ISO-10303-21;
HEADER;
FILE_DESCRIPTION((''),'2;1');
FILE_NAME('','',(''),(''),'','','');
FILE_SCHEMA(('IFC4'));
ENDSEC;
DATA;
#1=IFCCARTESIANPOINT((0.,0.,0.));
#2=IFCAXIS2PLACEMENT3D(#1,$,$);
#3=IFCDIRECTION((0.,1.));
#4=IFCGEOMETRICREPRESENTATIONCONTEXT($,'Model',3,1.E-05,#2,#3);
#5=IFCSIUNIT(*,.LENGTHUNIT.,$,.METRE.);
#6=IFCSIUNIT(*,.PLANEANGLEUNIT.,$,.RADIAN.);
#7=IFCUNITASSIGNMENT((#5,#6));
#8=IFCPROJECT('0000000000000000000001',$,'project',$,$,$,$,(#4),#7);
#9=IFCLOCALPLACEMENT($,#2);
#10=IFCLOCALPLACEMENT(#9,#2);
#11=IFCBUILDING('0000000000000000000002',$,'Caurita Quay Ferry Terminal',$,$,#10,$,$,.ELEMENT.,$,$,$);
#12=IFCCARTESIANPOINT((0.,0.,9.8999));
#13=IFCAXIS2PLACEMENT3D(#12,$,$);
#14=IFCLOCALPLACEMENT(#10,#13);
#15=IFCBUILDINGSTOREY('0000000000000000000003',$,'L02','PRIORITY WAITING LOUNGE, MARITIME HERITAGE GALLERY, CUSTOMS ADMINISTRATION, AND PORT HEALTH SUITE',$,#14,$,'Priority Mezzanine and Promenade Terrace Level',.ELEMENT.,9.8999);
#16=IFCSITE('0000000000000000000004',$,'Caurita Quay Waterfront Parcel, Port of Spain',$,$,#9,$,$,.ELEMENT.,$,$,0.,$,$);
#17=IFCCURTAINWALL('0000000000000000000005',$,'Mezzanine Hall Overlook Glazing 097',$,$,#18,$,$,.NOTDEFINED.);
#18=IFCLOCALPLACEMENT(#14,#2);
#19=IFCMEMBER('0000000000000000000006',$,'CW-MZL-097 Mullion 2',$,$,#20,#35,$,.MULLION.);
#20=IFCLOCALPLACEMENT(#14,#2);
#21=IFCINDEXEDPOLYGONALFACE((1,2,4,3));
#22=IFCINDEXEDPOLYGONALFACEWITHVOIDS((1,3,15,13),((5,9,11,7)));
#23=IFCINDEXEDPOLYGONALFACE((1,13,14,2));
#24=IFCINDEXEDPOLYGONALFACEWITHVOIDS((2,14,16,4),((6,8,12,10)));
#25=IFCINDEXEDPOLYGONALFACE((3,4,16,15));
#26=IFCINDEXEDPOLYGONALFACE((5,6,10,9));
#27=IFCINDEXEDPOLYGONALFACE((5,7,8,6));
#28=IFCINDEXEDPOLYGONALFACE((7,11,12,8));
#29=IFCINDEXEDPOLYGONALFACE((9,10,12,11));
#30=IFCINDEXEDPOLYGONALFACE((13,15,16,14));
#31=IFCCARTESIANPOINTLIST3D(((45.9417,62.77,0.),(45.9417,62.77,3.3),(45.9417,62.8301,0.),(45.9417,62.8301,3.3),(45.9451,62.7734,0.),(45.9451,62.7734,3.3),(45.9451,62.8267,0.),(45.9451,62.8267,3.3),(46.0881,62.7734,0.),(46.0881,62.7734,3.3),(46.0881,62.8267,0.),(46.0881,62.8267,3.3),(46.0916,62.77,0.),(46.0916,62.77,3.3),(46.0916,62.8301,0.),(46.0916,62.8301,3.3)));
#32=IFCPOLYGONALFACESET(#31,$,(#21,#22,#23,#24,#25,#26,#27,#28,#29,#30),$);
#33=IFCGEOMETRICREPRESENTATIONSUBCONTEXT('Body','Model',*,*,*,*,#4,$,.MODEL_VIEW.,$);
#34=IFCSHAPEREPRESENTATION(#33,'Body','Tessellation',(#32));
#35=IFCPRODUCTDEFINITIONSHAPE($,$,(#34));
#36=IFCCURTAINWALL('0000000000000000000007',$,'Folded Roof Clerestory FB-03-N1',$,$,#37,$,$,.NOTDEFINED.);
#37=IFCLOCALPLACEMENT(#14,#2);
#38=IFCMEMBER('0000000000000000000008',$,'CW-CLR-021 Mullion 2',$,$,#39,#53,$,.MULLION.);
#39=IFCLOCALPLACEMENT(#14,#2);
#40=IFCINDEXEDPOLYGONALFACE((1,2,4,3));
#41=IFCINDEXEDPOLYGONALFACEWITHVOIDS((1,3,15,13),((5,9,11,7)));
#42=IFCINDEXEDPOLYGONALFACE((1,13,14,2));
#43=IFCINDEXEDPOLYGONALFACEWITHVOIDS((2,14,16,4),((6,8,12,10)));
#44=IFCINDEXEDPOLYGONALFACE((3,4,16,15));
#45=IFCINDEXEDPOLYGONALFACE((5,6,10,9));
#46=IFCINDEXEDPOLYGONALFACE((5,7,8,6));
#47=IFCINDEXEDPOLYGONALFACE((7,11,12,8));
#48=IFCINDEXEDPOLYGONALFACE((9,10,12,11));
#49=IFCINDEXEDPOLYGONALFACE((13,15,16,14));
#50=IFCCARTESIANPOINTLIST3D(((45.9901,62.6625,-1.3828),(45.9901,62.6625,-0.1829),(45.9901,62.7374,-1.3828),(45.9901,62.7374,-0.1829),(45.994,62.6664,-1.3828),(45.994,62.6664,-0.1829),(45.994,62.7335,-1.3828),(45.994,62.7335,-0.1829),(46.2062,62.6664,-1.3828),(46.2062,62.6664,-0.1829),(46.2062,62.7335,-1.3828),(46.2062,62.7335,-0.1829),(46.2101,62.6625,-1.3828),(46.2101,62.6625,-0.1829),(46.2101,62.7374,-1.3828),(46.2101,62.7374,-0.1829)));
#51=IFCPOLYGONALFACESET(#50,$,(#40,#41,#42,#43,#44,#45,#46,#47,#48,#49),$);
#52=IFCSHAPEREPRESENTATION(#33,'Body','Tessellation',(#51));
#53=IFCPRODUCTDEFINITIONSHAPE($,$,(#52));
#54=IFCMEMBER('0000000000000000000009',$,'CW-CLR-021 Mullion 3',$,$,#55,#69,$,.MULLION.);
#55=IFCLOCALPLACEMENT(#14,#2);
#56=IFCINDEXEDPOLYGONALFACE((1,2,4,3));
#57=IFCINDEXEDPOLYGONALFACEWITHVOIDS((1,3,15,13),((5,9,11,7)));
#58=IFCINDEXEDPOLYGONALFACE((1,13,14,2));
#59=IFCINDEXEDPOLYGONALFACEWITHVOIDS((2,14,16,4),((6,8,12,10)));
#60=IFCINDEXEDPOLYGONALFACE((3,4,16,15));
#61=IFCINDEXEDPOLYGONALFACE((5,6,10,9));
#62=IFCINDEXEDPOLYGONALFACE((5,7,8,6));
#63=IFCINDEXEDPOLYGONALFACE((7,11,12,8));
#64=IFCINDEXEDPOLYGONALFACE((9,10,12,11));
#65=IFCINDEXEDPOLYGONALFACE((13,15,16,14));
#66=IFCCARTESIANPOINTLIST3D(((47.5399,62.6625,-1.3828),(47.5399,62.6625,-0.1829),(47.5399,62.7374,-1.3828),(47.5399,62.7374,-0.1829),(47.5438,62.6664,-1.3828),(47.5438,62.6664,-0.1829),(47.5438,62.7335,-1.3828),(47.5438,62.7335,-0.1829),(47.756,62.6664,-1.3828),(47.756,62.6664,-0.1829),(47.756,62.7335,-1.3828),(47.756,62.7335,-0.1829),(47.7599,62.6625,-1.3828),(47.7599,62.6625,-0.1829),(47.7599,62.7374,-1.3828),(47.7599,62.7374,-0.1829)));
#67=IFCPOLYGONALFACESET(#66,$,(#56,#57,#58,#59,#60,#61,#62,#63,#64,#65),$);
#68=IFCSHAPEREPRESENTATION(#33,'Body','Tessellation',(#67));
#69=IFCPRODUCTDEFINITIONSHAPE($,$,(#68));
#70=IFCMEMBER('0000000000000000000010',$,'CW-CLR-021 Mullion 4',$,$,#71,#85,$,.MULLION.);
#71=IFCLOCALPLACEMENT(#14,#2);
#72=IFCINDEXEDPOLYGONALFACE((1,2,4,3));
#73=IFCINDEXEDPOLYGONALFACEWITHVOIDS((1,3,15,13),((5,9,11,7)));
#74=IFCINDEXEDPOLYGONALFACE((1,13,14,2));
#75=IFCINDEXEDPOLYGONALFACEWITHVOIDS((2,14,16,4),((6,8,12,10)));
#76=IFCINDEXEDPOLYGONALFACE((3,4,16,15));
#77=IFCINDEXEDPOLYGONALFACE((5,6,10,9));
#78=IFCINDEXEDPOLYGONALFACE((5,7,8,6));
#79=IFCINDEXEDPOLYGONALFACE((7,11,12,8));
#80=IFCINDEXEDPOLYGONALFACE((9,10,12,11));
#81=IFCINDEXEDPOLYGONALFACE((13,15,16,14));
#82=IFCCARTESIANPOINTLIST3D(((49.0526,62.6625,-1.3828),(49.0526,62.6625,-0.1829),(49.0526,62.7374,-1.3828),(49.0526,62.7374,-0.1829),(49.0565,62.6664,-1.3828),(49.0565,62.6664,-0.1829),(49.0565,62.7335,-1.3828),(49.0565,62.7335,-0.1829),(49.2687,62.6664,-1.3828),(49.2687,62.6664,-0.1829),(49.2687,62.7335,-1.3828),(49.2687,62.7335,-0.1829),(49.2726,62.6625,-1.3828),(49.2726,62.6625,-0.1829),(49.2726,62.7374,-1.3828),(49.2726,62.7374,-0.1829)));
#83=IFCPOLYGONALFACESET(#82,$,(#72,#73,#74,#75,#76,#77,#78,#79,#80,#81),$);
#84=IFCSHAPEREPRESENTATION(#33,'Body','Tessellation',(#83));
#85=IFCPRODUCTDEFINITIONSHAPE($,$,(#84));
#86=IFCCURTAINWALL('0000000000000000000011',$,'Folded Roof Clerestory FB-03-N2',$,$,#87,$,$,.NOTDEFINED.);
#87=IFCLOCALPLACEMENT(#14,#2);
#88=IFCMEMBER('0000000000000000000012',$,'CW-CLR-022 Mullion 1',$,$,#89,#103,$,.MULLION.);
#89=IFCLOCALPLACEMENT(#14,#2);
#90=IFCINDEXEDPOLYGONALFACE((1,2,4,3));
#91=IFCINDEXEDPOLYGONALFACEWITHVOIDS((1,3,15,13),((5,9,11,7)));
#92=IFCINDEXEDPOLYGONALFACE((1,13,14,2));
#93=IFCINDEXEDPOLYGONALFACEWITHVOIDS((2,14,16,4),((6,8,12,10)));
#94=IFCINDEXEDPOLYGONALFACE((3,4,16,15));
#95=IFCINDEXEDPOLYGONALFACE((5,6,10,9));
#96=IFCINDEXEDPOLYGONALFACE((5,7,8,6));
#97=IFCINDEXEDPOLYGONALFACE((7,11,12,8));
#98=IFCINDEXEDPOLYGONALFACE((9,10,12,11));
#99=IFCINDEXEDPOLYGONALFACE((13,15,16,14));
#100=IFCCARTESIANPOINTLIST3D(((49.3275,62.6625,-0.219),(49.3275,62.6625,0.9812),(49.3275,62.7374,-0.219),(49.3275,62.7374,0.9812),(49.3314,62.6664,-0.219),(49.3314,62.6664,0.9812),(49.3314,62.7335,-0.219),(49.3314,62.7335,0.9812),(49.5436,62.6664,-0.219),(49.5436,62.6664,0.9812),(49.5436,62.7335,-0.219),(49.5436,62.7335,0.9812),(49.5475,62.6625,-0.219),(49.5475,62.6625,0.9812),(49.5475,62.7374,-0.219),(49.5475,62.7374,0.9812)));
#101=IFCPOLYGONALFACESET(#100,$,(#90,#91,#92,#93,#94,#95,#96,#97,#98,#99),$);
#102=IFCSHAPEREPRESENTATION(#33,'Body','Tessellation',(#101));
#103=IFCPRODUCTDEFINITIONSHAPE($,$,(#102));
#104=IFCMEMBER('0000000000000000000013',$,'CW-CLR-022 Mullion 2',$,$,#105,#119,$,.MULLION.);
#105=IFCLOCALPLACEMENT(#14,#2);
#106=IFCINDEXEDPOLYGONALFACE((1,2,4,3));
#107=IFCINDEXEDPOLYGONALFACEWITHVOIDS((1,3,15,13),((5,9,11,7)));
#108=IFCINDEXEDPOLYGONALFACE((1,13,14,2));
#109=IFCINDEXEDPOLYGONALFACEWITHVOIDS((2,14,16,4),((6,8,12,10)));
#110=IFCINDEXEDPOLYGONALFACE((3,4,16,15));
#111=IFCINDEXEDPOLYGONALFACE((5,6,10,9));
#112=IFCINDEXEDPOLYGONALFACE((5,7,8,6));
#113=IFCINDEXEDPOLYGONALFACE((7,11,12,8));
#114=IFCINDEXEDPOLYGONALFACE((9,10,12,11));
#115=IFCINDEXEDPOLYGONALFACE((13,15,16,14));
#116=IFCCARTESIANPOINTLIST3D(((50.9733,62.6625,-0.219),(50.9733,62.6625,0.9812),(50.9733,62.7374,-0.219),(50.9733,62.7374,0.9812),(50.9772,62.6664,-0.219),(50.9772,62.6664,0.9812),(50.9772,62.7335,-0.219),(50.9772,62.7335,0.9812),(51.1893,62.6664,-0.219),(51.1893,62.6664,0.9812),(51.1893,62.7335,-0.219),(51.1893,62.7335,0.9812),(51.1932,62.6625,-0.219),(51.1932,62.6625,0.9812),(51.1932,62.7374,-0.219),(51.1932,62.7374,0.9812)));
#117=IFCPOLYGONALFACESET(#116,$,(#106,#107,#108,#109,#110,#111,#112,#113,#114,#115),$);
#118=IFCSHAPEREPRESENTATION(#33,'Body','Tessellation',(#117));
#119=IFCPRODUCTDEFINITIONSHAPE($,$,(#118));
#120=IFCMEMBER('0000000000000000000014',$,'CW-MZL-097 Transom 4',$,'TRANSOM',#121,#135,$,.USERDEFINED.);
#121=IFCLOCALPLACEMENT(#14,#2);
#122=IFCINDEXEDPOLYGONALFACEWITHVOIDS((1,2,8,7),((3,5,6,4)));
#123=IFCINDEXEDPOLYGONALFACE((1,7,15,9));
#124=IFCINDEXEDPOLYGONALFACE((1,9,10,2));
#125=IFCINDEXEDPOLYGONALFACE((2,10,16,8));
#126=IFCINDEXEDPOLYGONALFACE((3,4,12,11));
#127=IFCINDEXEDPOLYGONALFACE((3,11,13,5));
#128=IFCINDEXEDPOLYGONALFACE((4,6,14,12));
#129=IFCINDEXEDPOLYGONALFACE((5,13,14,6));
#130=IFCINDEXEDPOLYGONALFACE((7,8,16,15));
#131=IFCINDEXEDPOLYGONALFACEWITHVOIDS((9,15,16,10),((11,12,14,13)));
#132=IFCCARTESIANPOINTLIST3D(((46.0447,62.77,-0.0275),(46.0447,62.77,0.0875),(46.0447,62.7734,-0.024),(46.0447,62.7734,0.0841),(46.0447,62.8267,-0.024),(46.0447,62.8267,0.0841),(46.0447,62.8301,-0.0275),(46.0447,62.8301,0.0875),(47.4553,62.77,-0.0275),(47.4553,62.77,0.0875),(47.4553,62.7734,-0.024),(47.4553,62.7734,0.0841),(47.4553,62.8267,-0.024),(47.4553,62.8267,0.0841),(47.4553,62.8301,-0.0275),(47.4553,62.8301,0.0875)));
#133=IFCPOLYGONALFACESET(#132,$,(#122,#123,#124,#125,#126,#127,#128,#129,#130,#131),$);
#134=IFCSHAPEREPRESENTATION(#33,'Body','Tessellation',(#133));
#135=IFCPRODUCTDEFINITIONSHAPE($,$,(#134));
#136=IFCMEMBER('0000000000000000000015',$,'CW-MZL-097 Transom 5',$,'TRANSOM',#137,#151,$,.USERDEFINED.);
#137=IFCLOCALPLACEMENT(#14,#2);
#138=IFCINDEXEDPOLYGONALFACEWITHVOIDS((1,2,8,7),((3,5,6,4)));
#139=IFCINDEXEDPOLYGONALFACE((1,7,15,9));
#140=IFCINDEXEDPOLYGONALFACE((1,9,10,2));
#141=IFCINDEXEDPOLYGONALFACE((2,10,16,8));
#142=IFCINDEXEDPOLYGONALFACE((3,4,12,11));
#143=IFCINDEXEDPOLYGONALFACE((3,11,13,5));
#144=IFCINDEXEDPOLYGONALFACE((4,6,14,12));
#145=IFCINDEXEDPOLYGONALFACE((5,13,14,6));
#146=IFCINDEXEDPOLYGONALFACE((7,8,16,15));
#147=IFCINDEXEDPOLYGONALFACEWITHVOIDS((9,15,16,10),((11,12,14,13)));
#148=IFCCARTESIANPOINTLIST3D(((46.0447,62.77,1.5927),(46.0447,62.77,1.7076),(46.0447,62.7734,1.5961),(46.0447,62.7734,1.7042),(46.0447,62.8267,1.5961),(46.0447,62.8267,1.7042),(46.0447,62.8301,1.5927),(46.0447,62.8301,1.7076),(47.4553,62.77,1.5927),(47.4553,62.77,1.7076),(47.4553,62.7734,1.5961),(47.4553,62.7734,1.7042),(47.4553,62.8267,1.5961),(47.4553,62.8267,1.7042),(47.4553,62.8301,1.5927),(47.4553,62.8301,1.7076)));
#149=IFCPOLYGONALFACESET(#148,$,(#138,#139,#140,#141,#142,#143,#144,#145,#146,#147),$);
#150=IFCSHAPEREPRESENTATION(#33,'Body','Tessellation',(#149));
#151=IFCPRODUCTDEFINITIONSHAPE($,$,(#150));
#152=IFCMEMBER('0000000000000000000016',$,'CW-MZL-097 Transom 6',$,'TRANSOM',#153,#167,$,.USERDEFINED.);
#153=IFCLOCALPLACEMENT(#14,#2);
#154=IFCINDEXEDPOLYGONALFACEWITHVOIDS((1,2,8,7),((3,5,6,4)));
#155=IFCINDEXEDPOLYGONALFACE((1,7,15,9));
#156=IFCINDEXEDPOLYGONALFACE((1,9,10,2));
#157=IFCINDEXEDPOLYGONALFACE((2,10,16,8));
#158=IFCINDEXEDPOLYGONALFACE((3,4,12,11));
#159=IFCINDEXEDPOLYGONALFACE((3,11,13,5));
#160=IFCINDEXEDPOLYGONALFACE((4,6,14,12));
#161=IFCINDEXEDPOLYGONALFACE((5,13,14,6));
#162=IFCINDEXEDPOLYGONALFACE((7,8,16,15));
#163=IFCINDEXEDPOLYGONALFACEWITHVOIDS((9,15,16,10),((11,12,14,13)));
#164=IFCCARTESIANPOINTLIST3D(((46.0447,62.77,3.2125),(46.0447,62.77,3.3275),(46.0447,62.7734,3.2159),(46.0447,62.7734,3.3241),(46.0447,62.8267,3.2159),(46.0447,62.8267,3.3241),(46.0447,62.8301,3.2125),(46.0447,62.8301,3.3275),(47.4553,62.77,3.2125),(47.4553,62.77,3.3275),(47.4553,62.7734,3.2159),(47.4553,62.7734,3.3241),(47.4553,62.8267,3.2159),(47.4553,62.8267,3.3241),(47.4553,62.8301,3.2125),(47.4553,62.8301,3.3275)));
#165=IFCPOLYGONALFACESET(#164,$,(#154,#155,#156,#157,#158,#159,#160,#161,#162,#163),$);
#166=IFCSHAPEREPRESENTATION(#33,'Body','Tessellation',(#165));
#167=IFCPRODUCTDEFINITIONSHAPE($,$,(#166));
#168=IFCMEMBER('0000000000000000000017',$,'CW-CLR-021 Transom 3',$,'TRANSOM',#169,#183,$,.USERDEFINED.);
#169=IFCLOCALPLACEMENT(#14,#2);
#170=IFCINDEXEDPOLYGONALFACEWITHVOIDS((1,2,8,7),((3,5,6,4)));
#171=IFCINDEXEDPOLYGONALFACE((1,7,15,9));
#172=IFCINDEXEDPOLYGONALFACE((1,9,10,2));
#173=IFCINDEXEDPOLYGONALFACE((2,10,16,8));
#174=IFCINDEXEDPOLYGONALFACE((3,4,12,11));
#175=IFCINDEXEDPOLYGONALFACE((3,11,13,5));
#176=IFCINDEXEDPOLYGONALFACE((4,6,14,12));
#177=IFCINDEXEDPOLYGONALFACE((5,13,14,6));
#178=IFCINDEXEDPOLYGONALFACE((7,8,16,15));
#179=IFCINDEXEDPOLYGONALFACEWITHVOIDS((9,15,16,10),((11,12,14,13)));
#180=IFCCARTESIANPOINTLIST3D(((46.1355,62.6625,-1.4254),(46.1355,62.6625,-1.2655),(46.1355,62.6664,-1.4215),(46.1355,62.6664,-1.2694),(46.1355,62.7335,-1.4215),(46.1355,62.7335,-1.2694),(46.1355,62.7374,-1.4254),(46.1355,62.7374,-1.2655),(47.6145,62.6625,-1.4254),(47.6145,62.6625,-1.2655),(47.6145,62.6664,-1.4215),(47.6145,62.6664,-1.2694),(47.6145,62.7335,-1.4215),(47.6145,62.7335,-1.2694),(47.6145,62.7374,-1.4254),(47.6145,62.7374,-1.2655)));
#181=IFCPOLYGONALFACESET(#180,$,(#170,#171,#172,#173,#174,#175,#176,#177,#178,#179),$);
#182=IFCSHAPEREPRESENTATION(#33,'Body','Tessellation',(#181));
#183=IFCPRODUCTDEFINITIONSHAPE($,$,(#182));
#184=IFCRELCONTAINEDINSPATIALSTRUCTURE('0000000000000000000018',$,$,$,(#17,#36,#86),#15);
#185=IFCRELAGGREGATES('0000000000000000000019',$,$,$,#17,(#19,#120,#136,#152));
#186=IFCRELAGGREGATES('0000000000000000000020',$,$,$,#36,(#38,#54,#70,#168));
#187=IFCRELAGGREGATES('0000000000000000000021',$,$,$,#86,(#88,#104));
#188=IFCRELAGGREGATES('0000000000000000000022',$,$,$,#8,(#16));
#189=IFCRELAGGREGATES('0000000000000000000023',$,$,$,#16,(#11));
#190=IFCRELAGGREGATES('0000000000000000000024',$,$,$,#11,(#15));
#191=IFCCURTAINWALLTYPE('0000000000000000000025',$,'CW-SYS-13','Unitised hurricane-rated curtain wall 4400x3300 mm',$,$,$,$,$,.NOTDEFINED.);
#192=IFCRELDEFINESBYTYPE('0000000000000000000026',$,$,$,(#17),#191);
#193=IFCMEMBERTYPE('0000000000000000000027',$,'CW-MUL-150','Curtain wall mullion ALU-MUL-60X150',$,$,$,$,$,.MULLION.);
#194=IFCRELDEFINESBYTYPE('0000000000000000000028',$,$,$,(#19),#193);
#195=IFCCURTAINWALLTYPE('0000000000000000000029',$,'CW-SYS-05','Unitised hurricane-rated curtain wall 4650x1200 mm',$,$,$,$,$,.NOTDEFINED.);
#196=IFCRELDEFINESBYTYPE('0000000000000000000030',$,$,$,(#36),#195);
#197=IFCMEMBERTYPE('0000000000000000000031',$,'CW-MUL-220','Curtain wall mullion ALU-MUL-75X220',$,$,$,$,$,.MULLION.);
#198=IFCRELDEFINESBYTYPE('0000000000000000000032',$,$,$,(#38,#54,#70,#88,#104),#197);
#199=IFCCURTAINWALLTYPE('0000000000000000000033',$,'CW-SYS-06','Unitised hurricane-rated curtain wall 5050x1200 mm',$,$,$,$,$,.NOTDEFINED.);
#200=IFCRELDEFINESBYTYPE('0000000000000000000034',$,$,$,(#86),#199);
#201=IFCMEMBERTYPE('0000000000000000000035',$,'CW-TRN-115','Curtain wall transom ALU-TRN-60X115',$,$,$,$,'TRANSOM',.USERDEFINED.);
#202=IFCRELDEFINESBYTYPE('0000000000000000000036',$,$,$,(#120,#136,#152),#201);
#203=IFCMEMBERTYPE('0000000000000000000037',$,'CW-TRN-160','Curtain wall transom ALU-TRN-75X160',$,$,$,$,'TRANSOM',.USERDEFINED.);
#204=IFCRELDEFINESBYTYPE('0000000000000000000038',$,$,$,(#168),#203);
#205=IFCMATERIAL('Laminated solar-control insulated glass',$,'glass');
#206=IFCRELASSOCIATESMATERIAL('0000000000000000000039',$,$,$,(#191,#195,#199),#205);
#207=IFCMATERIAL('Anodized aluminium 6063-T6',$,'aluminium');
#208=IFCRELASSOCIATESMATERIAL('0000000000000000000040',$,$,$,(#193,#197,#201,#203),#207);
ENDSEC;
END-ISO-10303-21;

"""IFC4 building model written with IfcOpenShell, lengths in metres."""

from ifc_helpers import new_model, si_unit, direction, frame, origin, origin_2d, place, context, subcontext, project, spatial, hollow_rectangle, extrude, material, material_profile, profile_set, type_object, element, aggregate, save


model = new_model("IFC4")

# Units and contexts
model_context = context("Model", 3, precision=1e-05, world=origin(), true_north=direction((0.0, 1.0)))
body_context = subcontext(model_context, "Body", "Model", "MODEL_VIEW")
ifc_project = project(units=[si_unit("LENGTHUNIT", "METRE"), si_unit("PLANEANGLEUNIT", "RADIAN")], contexts=[model_context])

# Site, building, storey
site_placement = place(None, origin())
site = spatial("IfcSite", under=ifc_project, at=site_placement, Name="Caurita Quay Waterfront Parcel, Port of Spain", CompositionType="ELEMENT", RefElevation=0.0)
building_placement = place(site_placement, origin())
building = spatial("IfcBuilding", under=site, at=building_placement, Name="Caurita Quay Ferry Terminal", CompositionType="ELEMENT")
storey_placement = place(building_placement, frame((0.0, 0.0, 9.8999)))
storey = spatial("IfcBuildingStorey", under=building, at=storey_placement, Name="L02", Description="PRIORITY WAITING LOUNGE, MARITIME HERITAGE GALLERY, CUSTOMS ADMINISTRATION, AND PORT HEALTH SUITE", LongName="Priority Mezzanine and Promenade Terrace Level", CompositionType="ELEMENT", Elevation=9.8999)

# Curtain wall, member
ifc_material_1 = material(Name="Laminated solar-control insulated glass", Category="glass")
curtain_wall_type_1 = type_object("IfcCurtainWallType", Name="CW-SYS-13", Description="Unitised hurricane-rated curtain wall 4400x3300 mm", PredefinedType="NOTDEFINED", material=ifc_material_1)
curtain_wall_1_placement = place(storey_placement, origin())
curtain_wall_1 = element("IfcCurtainWall", 1, at=curtain_wall_1_placement, inside=storey, type_object=curtain_wall_type_1, Name="Mezzanine Hall Overlook Glazing 097", PredefinedType="NOTDEFINED")
ifc_material_2 = material(Name="Anodized aluminium 6063-T6", Category="aluminium")
ifc_material_profile_1 = material_profile(ifc_material_2, hollow_rectangle(XDim=0.0601, YDim=0.1499, WallThickness=0.0034, at=origin_2d()), Name="ALU-MUL-60X150")
ifc_profile_set_1 = profile_set([ifc_material_profile_1], Name="Anodized aluminium 6063-T6")
member_type_1 = type_object("IfcMemberType", Name="CW-MUL-150", Description="Curtain wall mullion ALU-MUL-60X150", PredefinedType="MULLION", material=ifc_profile_set_1)
member_1_placement = place(storey_placement, frame((46.0166, 62.8, 0.0), z_axis=(0.0, 0.0, 1.0), x_axis=(0.0, 1.0, 0.0)))
member_1 = element("IfcMember", 2, at=member_1_placement, type_object=member_type_1, Name="CW-MZL-097 Mullion 2", PredefinedType="MULLION", context=body_context, shape_type="SweptSolid", body=[
    extrude(hollow_rectangle(XDim=0.0601, YDim=0.1499, WallThickness=0.0034, at=origin_2d()), origin(), (0.0, 0.0, 1.0), 3.3),
])

# Curtain walls, members
curtain_wall_type_2 = type_object("IfcCurtainWallType", Name="CW-SYS-05", Description="Unitised hurricane-rated curtain wall 4650x1200 mm", PredefinedType="NOTDEFINED", material=ifc_material_1)
curtain_wall_2_placement = place(storey_placement, origin())
curtain_wall_2 = element("IfcCurtainWall", 3, at=curtain_wall_2_placement, inside=storey, type_object=curtain_wall_type_2, Name="Folded Roof Clerestory FB-03-N1", PredefinedType="NOTDEFINED")
ifc_material_profile_2 = material_profile(ifc_material_2, hollow_rectangle(XDim=0.075, YDim=0.22, WallThickness=0.0039, at=origin_2d()), Name="ALU-MUL-75X220")
ifc_profile_set_2 = profile_set([ifc_material_profile_2], Name="Anodized aluminium 6063-T6")
member_type_2 = type_object("IfcMemberType", Name="CW-MUL-220", Description="Curtain wall mullion ALU-MUL-75X220", PredefinedType="MULLION", material=ifc_profile_set_2)
member_2_placement = place(storey_placement, frame((46.1001, 62.7, -1.3828), z_axis=(0.0, 0.0, 1.0), x_axis=(0.0, 1.0, 0.0)))
member_2 = element("IfcMember", 4, at=member_2_placement, type_object=member_type_2, Name="CW-CLR-021 Mullion 2", PredefinedType="MULLION", context=body_context, shape_type="SweptSolid", body=[
    extrude(hollow_rectangle(XDim=0.075, YDim=0.22, WallThickness=0.0039, at=origin_2d()), origin(), (0.0, 0.0, 1.0), 1.2),
])
member_3_placement = place(storey_placement, frame((47.6499, 62.7, -1.3828), z_axis=(0.0, 0.0, 1.0), x_axis=(0.0, 1.0, 0.0)))
member_3 = element("IfcMember", 5, at=member_3_placement, type_object=member_type_2, Name="CW-CLR-021 Mullion 3", PredefinedType="MULLION", context=body_context, shape_type="SweptSolid", body=[
    extrude(hollow_rectangle(XDim=0.075, YDim=0.22, WallThickness=0.0039, at=origin_2d()), origin(), (0.0, 0.0, 1.0), 1.2),
])
member_4_placement = place(storey_placement, frame((49.1626, 62.7, -1.3828), z_axis=(0.0, 0.0, 1.0), x_axis=(0.0, 1.0, 0.0)))
member_4 = element("IfcMember", 6, at=member_4_placement, type_object=member_type_2, Name="CW-CLR-021 Mullion 4", PredefinedType="MULLION", context=body_context, shape_type="SweptSolid", body=[
    extrude(hollow_rectangle(XDim=0.075, YDim=0.22, WallThickness=0.0039, at=origin_2d()), origin(), (0.0, 0.0, 1.0), 1.2),
])
curtain_wall_type_3 = type_object("IfcCurtainWallType", Name="CW-SYS-06", Description="Unitised hurricane-rated curtain wall 5050x1200 mm", PredefinedType="NOTDEFINED", material=ifc_material_1)
curtain_wall_3_placement = place(storey_placement, origin())
curtain_wall_3 = element("IfcCurtainWall", 7, at=curtain_wall_3_placement, inside=storey, type_object=curtain_wall_type_3, Name="Folded Roof Clerestory FB-03-N2", PredefinedType="NOTDEFINED")
member_5_placement = place(storey_placement, frame((49.4375, 62.7, -0.219), z_axis=(0.0, 0.0, 1.0), x_axis=(0.0, 1.0, 0.0)))
member_5 = element("IfcMember", 8, at=member_5_placement, type_object=member_type_2, Name="CW-CLR-022 Mullion 1", PredefinedType="MULLION", context=body_context, shape_type="SweptSolid", body=[
    extrude(hollow_rectangle(XDim=0.075, YDim=0.22, WallThickness=0.0039, at=origin_2d()), origin(), (0.0, 0.0, 1.0), 1.2002),
])
member_6_placement = place(storey_placement, frame((51.0833, 62.7, -0.219), z_axis=(0.0, 0.0, 1.0), x_axis=(0.0, 1.0, 0.0)))
member_6 = element("IfcMember", 9, at=member_6_placement, type_object=member_type_2, Name="CW-CLR-022 Mullion 2", PredefinedType="MULLION", context=body_context, shape_type="SweptSolid", body=[
    extrude(hollow_rectangle(XDim=0.075, YDim=0.22, WallThickness=0.0039, at=origin_2d()), origin(), (0.0, 0.0, 1.0), 1.2002),
])

# Members
ifc_material_profile_3 = material_profile(ifc_material_2, hollow_rectangle(XDim=0.0601, YDim=0.115, WallThickness=0.0034, at=origin_2d()), Name="ALU-TRN-60X115")
ifc_profile_set_3 = profile_set([ifc_material_profile_3], Name="Anodized aluminium 6063-T6")
member_type_3 = type_object("IfcMemberType", Name="CW-TRN-115", Description="Curtain wall transom ALU-TRN-60X115", ElementType="TRANSOM", PredefinedType="USERDEFINED", material=ifc_profile_set_3)
member_7_placement = place(storey_placement, frame((46.0447, 62.8, 0.03), z_axis=(1.0, 0.0, 0.0), x_axis=(0.0, 1.0, 0.0)))
member_7 = element("IfcMember", 10, at=member_7_placement, type_object=member_type_3, Name="CW-MZL-097 Transom 4", ObjectType="TRANSOM", PredefinedType="USERDEFINED", context=body_context, shape_type="SweptSolid", body=[
    extrude(hollow_rectangle(XDim=0.0601, YDim=0.115, WallThickness=0.0034, at=origin_2d()), origin(), (0.0, 0.0, 1.0), 1.4106),
])
member_8_placement = place(storey_placement, frame((46.0447, 62.8, 1.6501), z_axis=(1.0, 0.0, 0.0), x_axis=(0.0, 1.0, 0.0)))
member_8 = element("IfcMember", 11, at=member_8_placement, type_object=member_type_3, Name="CW-MZL-097 Transom 5", ObjectType="TRANSOM", PredefinedType="USERDEFINED", context=body_context, shape_type="SweptSolid", body=[
    extrude(hollow_rectangle(XDim=0.0601, YDim=0.115, WallThickness=0.0034, at=origin_2d()), origin(), (0.0, 0.0, 1.0), 1.4106),
])
member_9_placement = place(storey_placement, frame((46.0447, 62.8, 3.27), z_axis=(1.0, 0.0, 0.0), x_axis=(0.0, 1.0, 0.0)))
member_9 = element("IfcMember", 12, at=member_9_placement, type_object=member_type_3, Name="CW-MZL-097 Transom 6", ObjectType="TRANSOM", PredefinedType="USERDEFINED", context=body_context, shape_type="SweptSolid", body=[
    extrude(hollow_rectangle(XDim=0.0601, YDim=0.115, WallThickness=0.0034, at=origin_2d()), origin(), (0.0, 0.0, 1.0), 1.4106),
])
aggregate(curtain_wall_1, [member_1, member_7, member_8, member_9])
ifc_material_profile_4 = material_profile(ifc_material_2, hollow_rectangle(XDim=0.075, YDim=0.1599, WallThickness=0.0039, at=origin_2d()), Name="ALU-TRN-75X160")
ifc_profile_set_4 = profile_set([ifc_material_profile_4], Name="Anodized aluminium 6063-T6")
member_type_4 = type_object("IfcMemberType", Name="CW-TRN-160", Description="Curtain wall transom ALU-TRN-75X160", ElementType="TRANSOM", PredefinedType="USERDEFINED", material=ifc_profile_set_4)
member_10_placement = place(storey_placement, frame((46.1355, 62.7, -1.3455), z_axis=(1.0, 0.0, 0.0), x_axis=(0.0, 1.0, 0.0)))
member_10 = element("IfcMember", 13, at=member_10_placement, type_object=member_type_4, Name="CW-CLR-021 Transom 3", ObjectType="TRANSOM", PredefinedType="USERDEFINED", context=body_context, shape_type="SweptSolid", body=[
    extrude(hollow_rectangle(XDim=0.075, YDim=0.1599, WallThickness=0.0039, at=origin_2d()), origin(), (0.0, 0.0, 1.0), 1.479),
])

aggregate(curtain_wall_2, [member_2, member_3, member_4, member_10])
aggregate(curtain_wall_3, [member_5, member_6])

save(model, "model.ifc")
